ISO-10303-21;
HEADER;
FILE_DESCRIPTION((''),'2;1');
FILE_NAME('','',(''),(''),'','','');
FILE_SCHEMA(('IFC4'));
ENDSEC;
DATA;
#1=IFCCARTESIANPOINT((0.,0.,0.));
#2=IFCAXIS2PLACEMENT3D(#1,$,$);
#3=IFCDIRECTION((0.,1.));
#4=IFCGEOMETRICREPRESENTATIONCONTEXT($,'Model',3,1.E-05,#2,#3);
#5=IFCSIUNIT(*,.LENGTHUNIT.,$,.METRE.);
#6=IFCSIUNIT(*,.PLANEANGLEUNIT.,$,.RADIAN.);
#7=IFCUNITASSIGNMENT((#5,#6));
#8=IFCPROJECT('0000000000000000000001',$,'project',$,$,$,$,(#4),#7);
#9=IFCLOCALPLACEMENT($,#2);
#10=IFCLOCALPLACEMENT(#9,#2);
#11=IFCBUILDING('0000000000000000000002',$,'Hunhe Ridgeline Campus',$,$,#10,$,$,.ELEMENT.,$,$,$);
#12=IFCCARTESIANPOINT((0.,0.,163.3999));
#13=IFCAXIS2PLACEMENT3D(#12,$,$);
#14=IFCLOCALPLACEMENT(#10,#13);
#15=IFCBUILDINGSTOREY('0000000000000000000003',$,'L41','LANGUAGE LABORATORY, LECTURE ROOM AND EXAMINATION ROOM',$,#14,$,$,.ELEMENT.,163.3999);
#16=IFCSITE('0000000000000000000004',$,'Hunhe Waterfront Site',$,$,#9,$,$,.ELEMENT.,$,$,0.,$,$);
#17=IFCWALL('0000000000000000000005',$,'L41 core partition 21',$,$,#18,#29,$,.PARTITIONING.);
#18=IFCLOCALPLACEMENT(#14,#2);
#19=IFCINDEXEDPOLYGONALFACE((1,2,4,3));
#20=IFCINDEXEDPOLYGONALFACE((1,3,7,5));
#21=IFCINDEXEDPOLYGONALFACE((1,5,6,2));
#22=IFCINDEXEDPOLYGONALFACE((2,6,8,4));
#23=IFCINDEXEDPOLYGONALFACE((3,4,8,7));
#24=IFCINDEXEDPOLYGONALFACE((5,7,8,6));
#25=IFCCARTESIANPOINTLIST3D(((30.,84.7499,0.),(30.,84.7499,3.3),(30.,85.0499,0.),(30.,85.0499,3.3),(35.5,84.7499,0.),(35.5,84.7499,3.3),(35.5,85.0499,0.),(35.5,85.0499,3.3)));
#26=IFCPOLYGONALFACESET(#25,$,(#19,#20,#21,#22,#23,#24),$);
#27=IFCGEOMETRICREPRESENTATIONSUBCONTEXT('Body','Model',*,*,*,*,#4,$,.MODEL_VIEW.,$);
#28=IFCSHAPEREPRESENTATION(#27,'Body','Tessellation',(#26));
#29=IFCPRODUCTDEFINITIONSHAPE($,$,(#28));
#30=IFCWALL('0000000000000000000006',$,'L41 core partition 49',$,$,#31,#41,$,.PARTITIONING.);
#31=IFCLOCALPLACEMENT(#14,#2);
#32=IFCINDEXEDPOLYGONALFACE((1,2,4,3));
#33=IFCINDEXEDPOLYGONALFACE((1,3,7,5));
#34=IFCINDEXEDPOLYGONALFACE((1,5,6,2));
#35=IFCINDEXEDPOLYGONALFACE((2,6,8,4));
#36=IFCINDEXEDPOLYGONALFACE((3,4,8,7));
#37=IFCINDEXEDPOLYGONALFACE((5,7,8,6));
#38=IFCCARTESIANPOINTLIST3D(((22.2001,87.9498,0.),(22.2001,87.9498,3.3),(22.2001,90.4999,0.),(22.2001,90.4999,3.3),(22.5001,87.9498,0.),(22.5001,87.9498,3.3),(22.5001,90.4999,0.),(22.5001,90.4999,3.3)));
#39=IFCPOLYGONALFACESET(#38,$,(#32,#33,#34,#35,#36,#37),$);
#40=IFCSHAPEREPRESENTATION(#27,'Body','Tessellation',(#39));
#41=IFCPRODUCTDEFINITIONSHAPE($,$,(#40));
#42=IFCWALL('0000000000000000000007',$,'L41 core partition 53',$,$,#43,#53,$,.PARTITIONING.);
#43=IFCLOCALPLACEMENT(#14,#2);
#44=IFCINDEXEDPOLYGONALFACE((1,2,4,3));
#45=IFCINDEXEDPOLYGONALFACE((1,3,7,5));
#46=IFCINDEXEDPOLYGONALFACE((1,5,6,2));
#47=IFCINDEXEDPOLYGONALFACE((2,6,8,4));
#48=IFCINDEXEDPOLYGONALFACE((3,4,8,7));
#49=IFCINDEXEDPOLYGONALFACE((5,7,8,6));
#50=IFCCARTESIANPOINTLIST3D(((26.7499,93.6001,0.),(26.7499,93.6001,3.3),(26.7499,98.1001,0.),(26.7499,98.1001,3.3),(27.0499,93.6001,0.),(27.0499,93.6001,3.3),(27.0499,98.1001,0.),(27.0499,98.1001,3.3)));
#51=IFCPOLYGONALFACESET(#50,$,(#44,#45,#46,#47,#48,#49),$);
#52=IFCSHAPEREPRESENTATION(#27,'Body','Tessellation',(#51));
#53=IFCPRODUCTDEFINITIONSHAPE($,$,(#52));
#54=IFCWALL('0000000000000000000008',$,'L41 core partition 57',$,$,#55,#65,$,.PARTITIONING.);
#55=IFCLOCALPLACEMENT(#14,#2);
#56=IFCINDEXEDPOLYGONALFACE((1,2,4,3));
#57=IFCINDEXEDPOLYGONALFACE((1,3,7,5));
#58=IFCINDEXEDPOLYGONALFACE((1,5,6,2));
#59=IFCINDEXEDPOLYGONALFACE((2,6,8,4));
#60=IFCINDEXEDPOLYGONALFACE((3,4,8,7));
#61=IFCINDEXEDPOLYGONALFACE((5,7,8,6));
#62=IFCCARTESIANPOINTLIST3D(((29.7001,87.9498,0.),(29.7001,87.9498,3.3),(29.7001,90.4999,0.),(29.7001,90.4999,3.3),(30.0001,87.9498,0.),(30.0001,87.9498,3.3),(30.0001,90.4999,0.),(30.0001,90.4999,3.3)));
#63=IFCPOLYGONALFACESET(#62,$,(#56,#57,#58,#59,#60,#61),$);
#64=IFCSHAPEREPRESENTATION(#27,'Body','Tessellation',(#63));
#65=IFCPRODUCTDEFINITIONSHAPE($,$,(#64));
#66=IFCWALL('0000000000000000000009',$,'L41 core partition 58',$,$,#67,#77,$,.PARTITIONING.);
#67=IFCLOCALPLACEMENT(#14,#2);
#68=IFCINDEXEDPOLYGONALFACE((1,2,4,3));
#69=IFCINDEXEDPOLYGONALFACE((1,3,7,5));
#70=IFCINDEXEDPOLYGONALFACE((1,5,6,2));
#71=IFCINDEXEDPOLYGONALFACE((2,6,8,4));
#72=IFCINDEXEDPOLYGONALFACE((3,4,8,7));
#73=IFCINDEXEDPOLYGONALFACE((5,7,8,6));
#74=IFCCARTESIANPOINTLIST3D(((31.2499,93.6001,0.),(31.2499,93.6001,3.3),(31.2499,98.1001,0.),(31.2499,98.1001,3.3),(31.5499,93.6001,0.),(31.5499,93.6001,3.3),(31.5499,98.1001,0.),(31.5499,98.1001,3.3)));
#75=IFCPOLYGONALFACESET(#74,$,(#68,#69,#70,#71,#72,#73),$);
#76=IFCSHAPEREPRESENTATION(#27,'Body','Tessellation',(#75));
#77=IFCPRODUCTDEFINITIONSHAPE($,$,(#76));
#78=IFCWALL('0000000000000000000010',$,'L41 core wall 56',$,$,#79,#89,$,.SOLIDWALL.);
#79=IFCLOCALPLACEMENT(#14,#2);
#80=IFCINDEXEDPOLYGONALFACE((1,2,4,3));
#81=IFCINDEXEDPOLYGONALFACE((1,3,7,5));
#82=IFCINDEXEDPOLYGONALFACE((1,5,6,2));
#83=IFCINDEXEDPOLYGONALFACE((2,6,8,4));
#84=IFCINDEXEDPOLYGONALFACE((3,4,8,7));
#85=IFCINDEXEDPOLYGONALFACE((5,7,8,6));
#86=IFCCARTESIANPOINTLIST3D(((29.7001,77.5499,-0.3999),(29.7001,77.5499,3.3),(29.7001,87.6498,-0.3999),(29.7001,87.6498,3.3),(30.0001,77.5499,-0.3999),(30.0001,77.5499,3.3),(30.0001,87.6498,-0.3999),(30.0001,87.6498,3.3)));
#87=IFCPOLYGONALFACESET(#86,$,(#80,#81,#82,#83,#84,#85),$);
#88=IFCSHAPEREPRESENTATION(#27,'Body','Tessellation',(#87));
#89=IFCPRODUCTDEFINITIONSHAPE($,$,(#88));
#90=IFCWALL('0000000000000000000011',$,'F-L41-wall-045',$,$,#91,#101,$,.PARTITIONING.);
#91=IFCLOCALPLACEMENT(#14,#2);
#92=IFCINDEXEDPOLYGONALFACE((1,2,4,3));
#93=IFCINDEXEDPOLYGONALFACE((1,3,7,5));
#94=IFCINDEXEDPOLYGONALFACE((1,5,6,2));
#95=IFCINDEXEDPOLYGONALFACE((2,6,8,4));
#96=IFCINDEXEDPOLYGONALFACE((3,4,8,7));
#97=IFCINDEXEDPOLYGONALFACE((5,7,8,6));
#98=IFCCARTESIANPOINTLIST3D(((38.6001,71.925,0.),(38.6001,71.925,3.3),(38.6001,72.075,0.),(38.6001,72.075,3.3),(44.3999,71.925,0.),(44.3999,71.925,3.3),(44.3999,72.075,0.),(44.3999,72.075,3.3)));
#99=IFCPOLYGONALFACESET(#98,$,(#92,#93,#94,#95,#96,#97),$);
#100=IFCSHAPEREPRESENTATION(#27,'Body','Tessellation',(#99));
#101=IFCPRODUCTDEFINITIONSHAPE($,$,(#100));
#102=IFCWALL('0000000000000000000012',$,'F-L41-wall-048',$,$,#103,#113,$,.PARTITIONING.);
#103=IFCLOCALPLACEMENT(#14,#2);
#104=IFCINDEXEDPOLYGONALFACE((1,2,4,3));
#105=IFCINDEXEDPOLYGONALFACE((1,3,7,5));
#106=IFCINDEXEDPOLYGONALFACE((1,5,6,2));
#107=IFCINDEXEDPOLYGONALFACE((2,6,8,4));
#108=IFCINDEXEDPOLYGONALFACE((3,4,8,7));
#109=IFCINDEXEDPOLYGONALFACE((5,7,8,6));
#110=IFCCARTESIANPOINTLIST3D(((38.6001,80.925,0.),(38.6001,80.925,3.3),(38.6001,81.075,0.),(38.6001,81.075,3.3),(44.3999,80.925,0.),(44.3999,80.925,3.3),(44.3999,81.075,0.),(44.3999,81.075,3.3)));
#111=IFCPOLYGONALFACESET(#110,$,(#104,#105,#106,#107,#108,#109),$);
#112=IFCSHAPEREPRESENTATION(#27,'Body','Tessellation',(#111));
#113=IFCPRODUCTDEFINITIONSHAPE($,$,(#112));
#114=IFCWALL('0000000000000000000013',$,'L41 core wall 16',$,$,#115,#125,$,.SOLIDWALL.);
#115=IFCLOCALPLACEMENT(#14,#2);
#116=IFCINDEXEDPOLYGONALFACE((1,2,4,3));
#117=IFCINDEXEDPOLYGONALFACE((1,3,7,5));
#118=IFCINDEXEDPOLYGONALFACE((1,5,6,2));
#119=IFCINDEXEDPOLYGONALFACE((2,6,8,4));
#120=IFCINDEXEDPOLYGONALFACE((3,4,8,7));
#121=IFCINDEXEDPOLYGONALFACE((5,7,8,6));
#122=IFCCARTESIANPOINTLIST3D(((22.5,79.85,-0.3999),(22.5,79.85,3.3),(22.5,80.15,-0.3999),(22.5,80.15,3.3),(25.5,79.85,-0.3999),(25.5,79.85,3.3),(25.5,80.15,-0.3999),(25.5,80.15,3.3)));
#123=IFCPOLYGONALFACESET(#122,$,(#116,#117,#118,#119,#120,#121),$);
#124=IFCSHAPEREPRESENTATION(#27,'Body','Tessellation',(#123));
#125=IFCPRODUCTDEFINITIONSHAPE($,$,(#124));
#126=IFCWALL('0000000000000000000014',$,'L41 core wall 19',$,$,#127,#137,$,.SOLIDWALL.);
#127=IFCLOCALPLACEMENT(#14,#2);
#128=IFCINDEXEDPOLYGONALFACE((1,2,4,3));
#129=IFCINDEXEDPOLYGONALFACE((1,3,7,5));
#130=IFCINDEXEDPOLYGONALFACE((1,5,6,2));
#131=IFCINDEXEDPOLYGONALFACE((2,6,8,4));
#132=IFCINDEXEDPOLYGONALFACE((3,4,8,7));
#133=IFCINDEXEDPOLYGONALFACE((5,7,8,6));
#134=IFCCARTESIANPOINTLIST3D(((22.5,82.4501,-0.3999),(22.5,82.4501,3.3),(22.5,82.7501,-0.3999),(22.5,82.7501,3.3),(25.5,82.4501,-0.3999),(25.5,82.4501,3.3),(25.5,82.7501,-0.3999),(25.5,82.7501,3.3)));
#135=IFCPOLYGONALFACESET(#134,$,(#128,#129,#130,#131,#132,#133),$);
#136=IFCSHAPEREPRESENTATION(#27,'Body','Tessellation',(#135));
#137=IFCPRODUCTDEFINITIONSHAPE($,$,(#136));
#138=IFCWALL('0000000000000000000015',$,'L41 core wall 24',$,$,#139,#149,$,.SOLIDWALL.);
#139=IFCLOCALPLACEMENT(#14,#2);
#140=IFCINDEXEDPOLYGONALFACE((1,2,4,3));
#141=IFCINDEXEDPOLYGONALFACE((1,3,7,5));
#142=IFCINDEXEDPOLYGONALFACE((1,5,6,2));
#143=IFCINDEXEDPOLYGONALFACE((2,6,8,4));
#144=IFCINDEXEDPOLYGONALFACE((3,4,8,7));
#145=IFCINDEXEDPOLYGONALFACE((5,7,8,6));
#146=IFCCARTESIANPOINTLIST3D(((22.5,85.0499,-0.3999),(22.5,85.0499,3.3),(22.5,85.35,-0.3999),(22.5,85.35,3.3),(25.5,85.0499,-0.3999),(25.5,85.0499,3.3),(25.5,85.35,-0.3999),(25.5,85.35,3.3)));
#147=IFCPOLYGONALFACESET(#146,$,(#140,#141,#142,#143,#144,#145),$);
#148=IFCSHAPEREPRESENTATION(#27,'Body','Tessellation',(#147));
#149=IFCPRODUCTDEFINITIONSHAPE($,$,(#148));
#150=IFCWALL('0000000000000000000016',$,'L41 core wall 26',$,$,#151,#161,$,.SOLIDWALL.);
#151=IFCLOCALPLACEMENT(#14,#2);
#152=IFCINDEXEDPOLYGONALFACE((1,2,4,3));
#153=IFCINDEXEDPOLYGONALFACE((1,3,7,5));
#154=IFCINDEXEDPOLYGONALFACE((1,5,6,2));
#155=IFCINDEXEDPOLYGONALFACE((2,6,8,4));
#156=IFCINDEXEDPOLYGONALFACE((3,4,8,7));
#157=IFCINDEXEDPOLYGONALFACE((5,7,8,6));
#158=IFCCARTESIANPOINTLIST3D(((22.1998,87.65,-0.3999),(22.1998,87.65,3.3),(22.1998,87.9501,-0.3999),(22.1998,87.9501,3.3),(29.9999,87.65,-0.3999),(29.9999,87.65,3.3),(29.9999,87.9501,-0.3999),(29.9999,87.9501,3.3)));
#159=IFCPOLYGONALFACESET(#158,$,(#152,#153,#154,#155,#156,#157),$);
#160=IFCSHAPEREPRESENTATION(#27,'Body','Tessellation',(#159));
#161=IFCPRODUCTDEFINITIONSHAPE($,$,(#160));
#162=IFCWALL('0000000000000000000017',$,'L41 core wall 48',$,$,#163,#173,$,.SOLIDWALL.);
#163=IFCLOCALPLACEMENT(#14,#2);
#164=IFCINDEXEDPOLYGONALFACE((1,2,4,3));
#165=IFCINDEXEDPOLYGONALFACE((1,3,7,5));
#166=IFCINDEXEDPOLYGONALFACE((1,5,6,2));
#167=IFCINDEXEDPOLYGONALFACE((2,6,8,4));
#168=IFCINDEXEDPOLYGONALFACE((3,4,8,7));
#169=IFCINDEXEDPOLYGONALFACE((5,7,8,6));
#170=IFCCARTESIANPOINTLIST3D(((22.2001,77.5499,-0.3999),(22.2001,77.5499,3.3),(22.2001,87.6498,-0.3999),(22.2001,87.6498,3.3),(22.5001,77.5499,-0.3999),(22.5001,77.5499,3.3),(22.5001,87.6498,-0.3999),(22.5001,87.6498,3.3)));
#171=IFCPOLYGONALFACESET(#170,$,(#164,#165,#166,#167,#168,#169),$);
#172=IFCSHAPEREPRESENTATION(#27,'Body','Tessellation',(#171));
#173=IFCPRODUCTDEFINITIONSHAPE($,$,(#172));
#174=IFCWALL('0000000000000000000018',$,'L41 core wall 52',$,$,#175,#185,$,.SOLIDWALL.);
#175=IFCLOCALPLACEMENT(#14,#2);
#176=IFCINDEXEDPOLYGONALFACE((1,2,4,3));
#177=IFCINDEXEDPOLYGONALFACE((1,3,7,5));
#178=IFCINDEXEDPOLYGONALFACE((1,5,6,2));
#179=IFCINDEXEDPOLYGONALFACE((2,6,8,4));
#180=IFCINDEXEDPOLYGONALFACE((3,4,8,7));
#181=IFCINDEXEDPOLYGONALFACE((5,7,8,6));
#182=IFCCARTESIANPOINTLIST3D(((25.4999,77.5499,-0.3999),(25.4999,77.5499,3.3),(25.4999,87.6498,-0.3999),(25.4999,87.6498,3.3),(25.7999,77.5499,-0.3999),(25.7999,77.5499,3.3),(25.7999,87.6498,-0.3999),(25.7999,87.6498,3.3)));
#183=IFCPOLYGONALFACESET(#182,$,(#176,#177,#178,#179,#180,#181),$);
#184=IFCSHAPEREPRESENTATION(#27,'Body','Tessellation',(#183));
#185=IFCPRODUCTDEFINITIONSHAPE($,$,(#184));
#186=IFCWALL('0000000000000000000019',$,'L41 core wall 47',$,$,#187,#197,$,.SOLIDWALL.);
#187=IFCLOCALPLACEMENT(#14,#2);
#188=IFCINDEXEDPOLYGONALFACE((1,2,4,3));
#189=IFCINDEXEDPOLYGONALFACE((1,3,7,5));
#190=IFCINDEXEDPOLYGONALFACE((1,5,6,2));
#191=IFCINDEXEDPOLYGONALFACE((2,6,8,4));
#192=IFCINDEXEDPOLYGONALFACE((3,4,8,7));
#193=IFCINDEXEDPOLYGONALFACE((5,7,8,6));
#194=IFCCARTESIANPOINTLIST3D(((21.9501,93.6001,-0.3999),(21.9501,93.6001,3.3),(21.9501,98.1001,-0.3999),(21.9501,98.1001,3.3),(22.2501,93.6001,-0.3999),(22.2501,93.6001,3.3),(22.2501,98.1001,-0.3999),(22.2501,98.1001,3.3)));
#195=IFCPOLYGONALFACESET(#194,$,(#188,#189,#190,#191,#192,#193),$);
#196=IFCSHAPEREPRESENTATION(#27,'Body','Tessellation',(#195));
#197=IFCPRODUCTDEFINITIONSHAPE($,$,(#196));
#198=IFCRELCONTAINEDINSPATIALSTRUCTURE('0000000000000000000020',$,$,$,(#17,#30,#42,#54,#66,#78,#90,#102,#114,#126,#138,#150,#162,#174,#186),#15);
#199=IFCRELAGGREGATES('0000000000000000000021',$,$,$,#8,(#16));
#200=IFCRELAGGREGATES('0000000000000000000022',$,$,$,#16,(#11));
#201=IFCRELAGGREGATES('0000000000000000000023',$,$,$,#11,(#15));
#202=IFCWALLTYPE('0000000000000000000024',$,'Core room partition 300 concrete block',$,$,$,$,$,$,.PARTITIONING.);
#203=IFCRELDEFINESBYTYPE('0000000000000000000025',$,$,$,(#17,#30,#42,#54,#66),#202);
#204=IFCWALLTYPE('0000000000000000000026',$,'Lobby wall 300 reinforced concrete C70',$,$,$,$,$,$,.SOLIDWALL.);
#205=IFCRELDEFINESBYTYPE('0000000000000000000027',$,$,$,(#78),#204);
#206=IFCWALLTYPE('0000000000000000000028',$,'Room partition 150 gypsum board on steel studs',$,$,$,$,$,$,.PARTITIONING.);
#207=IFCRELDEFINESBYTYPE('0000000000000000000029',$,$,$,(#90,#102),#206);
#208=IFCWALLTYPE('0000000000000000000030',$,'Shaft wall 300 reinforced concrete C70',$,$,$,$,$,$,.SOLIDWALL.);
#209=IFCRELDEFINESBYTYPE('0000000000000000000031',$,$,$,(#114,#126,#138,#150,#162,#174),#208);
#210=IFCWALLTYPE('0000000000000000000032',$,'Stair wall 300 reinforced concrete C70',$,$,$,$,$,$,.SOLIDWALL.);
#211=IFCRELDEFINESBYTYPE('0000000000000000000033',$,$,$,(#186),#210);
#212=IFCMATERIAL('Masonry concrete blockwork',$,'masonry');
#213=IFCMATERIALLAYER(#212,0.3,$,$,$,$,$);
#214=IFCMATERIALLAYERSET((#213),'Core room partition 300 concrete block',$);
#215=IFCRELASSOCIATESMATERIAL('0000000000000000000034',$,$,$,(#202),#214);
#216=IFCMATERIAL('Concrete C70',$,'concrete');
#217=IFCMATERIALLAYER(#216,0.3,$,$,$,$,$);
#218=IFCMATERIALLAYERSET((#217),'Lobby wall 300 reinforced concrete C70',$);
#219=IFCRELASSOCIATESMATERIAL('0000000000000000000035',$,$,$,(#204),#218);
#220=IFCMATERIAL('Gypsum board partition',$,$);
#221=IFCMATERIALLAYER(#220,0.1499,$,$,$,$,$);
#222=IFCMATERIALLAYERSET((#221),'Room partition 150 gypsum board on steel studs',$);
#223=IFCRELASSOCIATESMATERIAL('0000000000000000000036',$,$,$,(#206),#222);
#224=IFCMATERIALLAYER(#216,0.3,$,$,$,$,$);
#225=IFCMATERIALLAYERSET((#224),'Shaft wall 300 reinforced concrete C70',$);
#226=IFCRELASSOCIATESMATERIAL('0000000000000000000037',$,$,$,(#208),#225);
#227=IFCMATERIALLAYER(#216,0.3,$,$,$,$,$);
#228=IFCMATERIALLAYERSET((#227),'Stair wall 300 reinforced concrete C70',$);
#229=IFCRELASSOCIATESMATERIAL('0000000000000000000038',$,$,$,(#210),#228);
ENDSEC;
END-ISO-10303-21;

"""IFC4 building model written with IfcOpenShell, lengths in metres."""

from ifc_helpers import new_model, si_unit, direction, frame, frame_2d, origin, place, context, subcontext, project, spatial, rectangle, extrude, material, layer, layer_set, type_object, element, save


model = new_model("IFC4")

# Units and contexts
model_context = context("Model", 3, precision=1e-05, world=origin(), true_north=direction((0.0, 1.0)))
body_context = subcontext(model_context, "Body", "Model", "MODEL_VIEW")
ifc_project = project(units=[si_unit("LENGTHUNIT", "METRE"), si_unit("PLANEANGLEUNIT", "RADIAN")], contexts=[model_context])

# Site, building, storey
site_placement = place(None, origin())
site = spatial("IfcSite", under=ifc_project, at=site_placement, Name="Hunhe Waterfront Site", CompositionType="ELEMENT", RefElevation=0.0)
building_placement = place(site_placement, origin())
building = spatial("IfcBuilding", under=site, at=building_placement, Name="Hunhe Ridgeline Campus", CompositionType="ELEMENT")
storey_placement = place(building_placement, frame((0.0, 0.0, 163.3999)))
storey = spatial("IfcBuildingStorey", under=building, at=storey_placement, Name="L41", Description="LANGUAGE LABORATORY, LECTURE ROOM AND EXAMINATION ROOM", CompositionType="ELEMENT", Elevation=163.3999)

# Shared definitions
ifc_material_1 = material(Name="Masonry concrete blockwork", Category="masonry")
ifc_layer_1 = layer(ifc_material_1, 0.3)
ifc_layer_set_1 = layer_set([ifc_layer_1], Name="Core room partition 300 concrete block")
wall_type_1 = type_object("IfcWallType", Name="Core room partition 300 concrete block", PredefinedType="PARTITIONING", material=ifc_layer_set_1)

# Walls
wall_1_placement = place(storey_placement, frame((30.0, 84.8999, 0.0), z_axis=(0.0, 0.0, 1.0), x_axis=(1.0, 0.0, 0.0)))
element("IfcWall", 1, at=wall_1_placement, inside=storey, type_object=wall_type_1, Name="L41 core partition 21", PredefinedType="PARTITIONING", context=body_context, shape_type="SweptSolid", body=[
    extrude(rectangle(XDim=5.5, YDim=0.3, at=frame_2d((2.75, 0.0))), origin(), (0.0, 0.0, 1.0), 3.3),
])
wall_2_placement = place(storey_placement, frame((22.3501, 87.95, 0.0), z_axis=(0.0, 0.0, 1.0), x_axis=(0.0, 1.0, 0.0)))
element("IfcWall", 2, at=wall_2_placement, inside=storey, type_object=wall_type_1, Name="L41 core partition 49", PredefinedType="PARTITIONING", context=body_context, shape_type="SweptSolid", body=[
    extrude(rectangle(XDim=2.55, YDim=0.3, at=frame_2d((1.2749, 0.0))), origin(), (0.0, 0.0, 1.0), 3.3),
])
wall_3_placement = place(storey_placement, frame((26.8999, 93.6001, 0.0), z_axis=(0.0, 0.0, 1.0), x_axis=(0.0, 1.0, 0.0)))
element("IfcWall", 3, at=wall_3_placement, inside=storey, type_object=wall_type_1, Name="L41 core partition 53", PredefinedType="PARTITIONING", context=body_context, shape_type="SweptSolid", body=[
    extrude(rectangle(XDim=4.5, YDim=0.3, at=frame_2d((2.25, 0.0))), origin(), (0.0, 0.0, 1.0), 3.3),
])
wall_4_placement = place(storey_placement, frame((29.8501, 87.95, 0.0), z_axis=(0.0, 0.0, 1.0), x_axis=(0.0, 1.0, 0.0)))
element("IfcWall", 4, at=wall_4_placement, inside=storey, type_object=wall_type_1, Name="L41 core partition 57", PredefinedType="PARTITIONING", context=body_context, shape_type="SweptSolid", body=[
    extrude(rectangle(XDim=2.55, YDim=0.3, at=frame_2d((1.2749, 0.0))), origin(), (0.0, 0.0, 1.0), 3.3),
])
wall_5_placement = place(storey_placement, frame((31.3999, 93.6001, 0.0), z_axis=(0.0, 0.0, 1.0), x_axis=(0.0, 1.0, 0.0)))
element("IfcWall", 5, at=wall_5_placement, inside=storey, type_object=wall_type_1, Name="L41 core partition 58", PredefinedType="PARTITIONING", context=body_context, shape_type="SweptSolid", body=[
    extrude(rectangle(XDim=4.5, YDim=0.3, at=frame_2d((2.25, 0.0))), origin(), (0.0, 0.0, 1.0), 3.3),
])

# Shared definitions
ifc_material_2 = material(Name="Gypsum board partition")

# Walls
ifc_material_3 = material(Name="Concrete C70", Category="concrete")
ifc_layer_2 = layer(ifc_material_3, 0.3)
ifc_layer_set_2 = layer_set([ifc_layer_2], Name="Lobby wall 300 reinforced concrete C70")
wall_type_2 = type_object("IfcWallType", Name="Lobby wall 300 reinforced concrete C70", PredefinedType="SOLIDWALL", material=ifc_layer_set_2)
wall_6_placement = place(storey_placement, frame((29.8501, 77.55, -0.3999), z_axis=(0.0, 0.0, 1.0), x_axis=(0.0, 1.0, 0.0)))
element("IfcWall", 6, at=wall_6_placement, inside=storey, type_object=wall_type_2, Name="L41 core wall 56", PredefinedType="SOLIDWALL", context=body_context, shape_type="SweptSolid", body=[
    extrude(rectangle(XDim=10.0999, YDim=0.3, at=frame_2d((5.0498, 0.0))), origin(), (0.0, 0.0, 1.0), 3.7),
])
ifc_layer_3 = layer(ifc_material_2, 0.1499)
ifc_layer_set_3 = layer_set([ifc_layer_3], Name="Room partition 150 gypsum board on steel studs")
wall_type_3 = type_object("IfcWallType", Name="Room partition 150 gypsum board on steel studs", PredefinedType="PARTITIONING", material=ifc_layer_set_3)
for number, where, z_axis, x_axis, name in (
    (7, (38.6001, 72.0, 0.0), (0.0, 0.0, 1.0), (1.0, 0.0, 0.0), "F-L41-wall-045"),
    (8, (38.6001, 81.0, 0.0), (0.0, 0.0, 1.0), (1.0, 0.0, 0.0), "F-L41-wall-048"),
):
    element("IfcWall", number, at=place(storey_placement, frame(where, z_axis=z_axis, x_axis=x_axis)), inside=storey, type_object=wall_type_3, Name=name, PredefinedType="PARTITIONING", context=body_context, shape_type="SweptSolid", body=[
        extrude(rectangle(XDim=5.7998, YDim=0.1499, at=frame_2d((2.8999, 0.0))), origin(), (0.0, 0.0, 1.0), 3.3),
    ])
ifc_layer_4 = layer(ifc_material_3, 0.3)
ifc_layer_set_4 = layer_set([ifc_layer_4], Name="Shaft wall 300 reinforced concrete C70")
wall_type_4 = type_object("IfcWallType", Name="Shaft wall 300 reinforced concrete C70", PredefinedType="SOLIDWALL", material=ifc_layer_set_4)
for number, where, z_axis, x_axis, name in (
    (9, (22.5, 80.0, -0.3999), (0.0, 0.0, 1.0), (1.0, 0.0, 0.0), "L41 core wall 16"),
    (10, (22.5, 82.6001, -0.3999), (0.0, 0.0, 1.0), (1.0, 0.0, 0.0), "L41 core wall 19"),
    (11, (22.5, 85.2, -0.3999), (0.0, 0.0, 1.0), (1.0, 0.0, 0.0), "L41 core wall 24"),
):
    element("IfcWall", number, at=place(storey_placement, frame(where, z_axis=z_axis, x_axis=x_axis)), inside=storey, type_object=wall_type_4, Name=name, PredefinedType="SOLIDWALL", context=body_context, shape_type="SweptSolid", body=[
        extrude(rectangle(XDim=3.0, YDim=0.3, at=frame_2d((1.5, 0.0))), origin(), (0.0, 0.0, 1.0), 3.7),
    ])
wall_7_placement = place(storey_placement, frame((22.2, 87.8, -0.3999), z_axis=(0.0, 0.0, 1.0), x_axis=(1.0, 0.0, 0.0)))
element("IfcWall", 12, at=wall_7_placement, inside=storey, type_object=wall_type_4, Name="L41 core wall 26", PredefinedType="SOLIDWALL", context=body_context, shape_type="SweptSolid", body=[
    extrude(rectangle(XDim=7.8, YDim=0.3, at=frame_2d((3.8999, 0.0))), origin(), (0.0, 0.0, 1.0), 3.7),
])
for number, where, z_axis, x_axis, name in (
    (13, (22.3501, 77.55, -0.3999), (0.0, 0.0, 1.0), (0.0, 1.0, 0.0), "L41 core wall 48"),
    (14, (25.6499, 77.55, -0.3999), (0.0, 0.0, 1.0), (0.0, 1.0, 0.0), "L41 core wall 52"),
):
    element("IfcWall", number, at=place(storey_placement, frame(where, z_axis=z_axis, x_axis=x_axis)), inside=storey, type_object=wall_type_4, Name=name, PredefinedType="SOLIDWALL", context=body_context, shape_type="SweptSolid", body=[
        extrude(rectangle(XDim=10.0999, YDim=0.3, at=frame_2d((5.0498, 0.0))), origin(), (0.0, 0.0, 1.0), 3.7),
    ])

# Shared definitions
ifc_layer_5 = layer(ifc_material_3, 0.3)
ifc_layer_set_5 = layer_set([ifc_layer_5], Name="Stair wall 300 reinforced concrete C70")
wall_type_5 = type_object("IfcWallType", Name="Stair wall 300 reinforced concrete C70", PredefinedType="SOLIDWALL", material=ifc_layer_set_5)

# Wall
wall_8_placement = place(storey_placement, frame((22.1001, 93.6001, -0.3999), z_axis=(0.0, 0.0, 1.0), x_axis=(0.0, 1.0, 0.0)))
element("IfcWall", 15, at=wall_8_placement, inside=storey, type_object=wall_type_5, Name="L41 core wall 47", PredefinedType="SOLIDWALL", context=body_context, shape_type="SweptSolid", body=[
    extrude(rectangle(XDim=4.5, YDim=0.3, at=frame_2d((2.25, 0.0))), origin(), (0.0, 0.0, 1.0), 3.7),
])

save(model, "model.ifc")
